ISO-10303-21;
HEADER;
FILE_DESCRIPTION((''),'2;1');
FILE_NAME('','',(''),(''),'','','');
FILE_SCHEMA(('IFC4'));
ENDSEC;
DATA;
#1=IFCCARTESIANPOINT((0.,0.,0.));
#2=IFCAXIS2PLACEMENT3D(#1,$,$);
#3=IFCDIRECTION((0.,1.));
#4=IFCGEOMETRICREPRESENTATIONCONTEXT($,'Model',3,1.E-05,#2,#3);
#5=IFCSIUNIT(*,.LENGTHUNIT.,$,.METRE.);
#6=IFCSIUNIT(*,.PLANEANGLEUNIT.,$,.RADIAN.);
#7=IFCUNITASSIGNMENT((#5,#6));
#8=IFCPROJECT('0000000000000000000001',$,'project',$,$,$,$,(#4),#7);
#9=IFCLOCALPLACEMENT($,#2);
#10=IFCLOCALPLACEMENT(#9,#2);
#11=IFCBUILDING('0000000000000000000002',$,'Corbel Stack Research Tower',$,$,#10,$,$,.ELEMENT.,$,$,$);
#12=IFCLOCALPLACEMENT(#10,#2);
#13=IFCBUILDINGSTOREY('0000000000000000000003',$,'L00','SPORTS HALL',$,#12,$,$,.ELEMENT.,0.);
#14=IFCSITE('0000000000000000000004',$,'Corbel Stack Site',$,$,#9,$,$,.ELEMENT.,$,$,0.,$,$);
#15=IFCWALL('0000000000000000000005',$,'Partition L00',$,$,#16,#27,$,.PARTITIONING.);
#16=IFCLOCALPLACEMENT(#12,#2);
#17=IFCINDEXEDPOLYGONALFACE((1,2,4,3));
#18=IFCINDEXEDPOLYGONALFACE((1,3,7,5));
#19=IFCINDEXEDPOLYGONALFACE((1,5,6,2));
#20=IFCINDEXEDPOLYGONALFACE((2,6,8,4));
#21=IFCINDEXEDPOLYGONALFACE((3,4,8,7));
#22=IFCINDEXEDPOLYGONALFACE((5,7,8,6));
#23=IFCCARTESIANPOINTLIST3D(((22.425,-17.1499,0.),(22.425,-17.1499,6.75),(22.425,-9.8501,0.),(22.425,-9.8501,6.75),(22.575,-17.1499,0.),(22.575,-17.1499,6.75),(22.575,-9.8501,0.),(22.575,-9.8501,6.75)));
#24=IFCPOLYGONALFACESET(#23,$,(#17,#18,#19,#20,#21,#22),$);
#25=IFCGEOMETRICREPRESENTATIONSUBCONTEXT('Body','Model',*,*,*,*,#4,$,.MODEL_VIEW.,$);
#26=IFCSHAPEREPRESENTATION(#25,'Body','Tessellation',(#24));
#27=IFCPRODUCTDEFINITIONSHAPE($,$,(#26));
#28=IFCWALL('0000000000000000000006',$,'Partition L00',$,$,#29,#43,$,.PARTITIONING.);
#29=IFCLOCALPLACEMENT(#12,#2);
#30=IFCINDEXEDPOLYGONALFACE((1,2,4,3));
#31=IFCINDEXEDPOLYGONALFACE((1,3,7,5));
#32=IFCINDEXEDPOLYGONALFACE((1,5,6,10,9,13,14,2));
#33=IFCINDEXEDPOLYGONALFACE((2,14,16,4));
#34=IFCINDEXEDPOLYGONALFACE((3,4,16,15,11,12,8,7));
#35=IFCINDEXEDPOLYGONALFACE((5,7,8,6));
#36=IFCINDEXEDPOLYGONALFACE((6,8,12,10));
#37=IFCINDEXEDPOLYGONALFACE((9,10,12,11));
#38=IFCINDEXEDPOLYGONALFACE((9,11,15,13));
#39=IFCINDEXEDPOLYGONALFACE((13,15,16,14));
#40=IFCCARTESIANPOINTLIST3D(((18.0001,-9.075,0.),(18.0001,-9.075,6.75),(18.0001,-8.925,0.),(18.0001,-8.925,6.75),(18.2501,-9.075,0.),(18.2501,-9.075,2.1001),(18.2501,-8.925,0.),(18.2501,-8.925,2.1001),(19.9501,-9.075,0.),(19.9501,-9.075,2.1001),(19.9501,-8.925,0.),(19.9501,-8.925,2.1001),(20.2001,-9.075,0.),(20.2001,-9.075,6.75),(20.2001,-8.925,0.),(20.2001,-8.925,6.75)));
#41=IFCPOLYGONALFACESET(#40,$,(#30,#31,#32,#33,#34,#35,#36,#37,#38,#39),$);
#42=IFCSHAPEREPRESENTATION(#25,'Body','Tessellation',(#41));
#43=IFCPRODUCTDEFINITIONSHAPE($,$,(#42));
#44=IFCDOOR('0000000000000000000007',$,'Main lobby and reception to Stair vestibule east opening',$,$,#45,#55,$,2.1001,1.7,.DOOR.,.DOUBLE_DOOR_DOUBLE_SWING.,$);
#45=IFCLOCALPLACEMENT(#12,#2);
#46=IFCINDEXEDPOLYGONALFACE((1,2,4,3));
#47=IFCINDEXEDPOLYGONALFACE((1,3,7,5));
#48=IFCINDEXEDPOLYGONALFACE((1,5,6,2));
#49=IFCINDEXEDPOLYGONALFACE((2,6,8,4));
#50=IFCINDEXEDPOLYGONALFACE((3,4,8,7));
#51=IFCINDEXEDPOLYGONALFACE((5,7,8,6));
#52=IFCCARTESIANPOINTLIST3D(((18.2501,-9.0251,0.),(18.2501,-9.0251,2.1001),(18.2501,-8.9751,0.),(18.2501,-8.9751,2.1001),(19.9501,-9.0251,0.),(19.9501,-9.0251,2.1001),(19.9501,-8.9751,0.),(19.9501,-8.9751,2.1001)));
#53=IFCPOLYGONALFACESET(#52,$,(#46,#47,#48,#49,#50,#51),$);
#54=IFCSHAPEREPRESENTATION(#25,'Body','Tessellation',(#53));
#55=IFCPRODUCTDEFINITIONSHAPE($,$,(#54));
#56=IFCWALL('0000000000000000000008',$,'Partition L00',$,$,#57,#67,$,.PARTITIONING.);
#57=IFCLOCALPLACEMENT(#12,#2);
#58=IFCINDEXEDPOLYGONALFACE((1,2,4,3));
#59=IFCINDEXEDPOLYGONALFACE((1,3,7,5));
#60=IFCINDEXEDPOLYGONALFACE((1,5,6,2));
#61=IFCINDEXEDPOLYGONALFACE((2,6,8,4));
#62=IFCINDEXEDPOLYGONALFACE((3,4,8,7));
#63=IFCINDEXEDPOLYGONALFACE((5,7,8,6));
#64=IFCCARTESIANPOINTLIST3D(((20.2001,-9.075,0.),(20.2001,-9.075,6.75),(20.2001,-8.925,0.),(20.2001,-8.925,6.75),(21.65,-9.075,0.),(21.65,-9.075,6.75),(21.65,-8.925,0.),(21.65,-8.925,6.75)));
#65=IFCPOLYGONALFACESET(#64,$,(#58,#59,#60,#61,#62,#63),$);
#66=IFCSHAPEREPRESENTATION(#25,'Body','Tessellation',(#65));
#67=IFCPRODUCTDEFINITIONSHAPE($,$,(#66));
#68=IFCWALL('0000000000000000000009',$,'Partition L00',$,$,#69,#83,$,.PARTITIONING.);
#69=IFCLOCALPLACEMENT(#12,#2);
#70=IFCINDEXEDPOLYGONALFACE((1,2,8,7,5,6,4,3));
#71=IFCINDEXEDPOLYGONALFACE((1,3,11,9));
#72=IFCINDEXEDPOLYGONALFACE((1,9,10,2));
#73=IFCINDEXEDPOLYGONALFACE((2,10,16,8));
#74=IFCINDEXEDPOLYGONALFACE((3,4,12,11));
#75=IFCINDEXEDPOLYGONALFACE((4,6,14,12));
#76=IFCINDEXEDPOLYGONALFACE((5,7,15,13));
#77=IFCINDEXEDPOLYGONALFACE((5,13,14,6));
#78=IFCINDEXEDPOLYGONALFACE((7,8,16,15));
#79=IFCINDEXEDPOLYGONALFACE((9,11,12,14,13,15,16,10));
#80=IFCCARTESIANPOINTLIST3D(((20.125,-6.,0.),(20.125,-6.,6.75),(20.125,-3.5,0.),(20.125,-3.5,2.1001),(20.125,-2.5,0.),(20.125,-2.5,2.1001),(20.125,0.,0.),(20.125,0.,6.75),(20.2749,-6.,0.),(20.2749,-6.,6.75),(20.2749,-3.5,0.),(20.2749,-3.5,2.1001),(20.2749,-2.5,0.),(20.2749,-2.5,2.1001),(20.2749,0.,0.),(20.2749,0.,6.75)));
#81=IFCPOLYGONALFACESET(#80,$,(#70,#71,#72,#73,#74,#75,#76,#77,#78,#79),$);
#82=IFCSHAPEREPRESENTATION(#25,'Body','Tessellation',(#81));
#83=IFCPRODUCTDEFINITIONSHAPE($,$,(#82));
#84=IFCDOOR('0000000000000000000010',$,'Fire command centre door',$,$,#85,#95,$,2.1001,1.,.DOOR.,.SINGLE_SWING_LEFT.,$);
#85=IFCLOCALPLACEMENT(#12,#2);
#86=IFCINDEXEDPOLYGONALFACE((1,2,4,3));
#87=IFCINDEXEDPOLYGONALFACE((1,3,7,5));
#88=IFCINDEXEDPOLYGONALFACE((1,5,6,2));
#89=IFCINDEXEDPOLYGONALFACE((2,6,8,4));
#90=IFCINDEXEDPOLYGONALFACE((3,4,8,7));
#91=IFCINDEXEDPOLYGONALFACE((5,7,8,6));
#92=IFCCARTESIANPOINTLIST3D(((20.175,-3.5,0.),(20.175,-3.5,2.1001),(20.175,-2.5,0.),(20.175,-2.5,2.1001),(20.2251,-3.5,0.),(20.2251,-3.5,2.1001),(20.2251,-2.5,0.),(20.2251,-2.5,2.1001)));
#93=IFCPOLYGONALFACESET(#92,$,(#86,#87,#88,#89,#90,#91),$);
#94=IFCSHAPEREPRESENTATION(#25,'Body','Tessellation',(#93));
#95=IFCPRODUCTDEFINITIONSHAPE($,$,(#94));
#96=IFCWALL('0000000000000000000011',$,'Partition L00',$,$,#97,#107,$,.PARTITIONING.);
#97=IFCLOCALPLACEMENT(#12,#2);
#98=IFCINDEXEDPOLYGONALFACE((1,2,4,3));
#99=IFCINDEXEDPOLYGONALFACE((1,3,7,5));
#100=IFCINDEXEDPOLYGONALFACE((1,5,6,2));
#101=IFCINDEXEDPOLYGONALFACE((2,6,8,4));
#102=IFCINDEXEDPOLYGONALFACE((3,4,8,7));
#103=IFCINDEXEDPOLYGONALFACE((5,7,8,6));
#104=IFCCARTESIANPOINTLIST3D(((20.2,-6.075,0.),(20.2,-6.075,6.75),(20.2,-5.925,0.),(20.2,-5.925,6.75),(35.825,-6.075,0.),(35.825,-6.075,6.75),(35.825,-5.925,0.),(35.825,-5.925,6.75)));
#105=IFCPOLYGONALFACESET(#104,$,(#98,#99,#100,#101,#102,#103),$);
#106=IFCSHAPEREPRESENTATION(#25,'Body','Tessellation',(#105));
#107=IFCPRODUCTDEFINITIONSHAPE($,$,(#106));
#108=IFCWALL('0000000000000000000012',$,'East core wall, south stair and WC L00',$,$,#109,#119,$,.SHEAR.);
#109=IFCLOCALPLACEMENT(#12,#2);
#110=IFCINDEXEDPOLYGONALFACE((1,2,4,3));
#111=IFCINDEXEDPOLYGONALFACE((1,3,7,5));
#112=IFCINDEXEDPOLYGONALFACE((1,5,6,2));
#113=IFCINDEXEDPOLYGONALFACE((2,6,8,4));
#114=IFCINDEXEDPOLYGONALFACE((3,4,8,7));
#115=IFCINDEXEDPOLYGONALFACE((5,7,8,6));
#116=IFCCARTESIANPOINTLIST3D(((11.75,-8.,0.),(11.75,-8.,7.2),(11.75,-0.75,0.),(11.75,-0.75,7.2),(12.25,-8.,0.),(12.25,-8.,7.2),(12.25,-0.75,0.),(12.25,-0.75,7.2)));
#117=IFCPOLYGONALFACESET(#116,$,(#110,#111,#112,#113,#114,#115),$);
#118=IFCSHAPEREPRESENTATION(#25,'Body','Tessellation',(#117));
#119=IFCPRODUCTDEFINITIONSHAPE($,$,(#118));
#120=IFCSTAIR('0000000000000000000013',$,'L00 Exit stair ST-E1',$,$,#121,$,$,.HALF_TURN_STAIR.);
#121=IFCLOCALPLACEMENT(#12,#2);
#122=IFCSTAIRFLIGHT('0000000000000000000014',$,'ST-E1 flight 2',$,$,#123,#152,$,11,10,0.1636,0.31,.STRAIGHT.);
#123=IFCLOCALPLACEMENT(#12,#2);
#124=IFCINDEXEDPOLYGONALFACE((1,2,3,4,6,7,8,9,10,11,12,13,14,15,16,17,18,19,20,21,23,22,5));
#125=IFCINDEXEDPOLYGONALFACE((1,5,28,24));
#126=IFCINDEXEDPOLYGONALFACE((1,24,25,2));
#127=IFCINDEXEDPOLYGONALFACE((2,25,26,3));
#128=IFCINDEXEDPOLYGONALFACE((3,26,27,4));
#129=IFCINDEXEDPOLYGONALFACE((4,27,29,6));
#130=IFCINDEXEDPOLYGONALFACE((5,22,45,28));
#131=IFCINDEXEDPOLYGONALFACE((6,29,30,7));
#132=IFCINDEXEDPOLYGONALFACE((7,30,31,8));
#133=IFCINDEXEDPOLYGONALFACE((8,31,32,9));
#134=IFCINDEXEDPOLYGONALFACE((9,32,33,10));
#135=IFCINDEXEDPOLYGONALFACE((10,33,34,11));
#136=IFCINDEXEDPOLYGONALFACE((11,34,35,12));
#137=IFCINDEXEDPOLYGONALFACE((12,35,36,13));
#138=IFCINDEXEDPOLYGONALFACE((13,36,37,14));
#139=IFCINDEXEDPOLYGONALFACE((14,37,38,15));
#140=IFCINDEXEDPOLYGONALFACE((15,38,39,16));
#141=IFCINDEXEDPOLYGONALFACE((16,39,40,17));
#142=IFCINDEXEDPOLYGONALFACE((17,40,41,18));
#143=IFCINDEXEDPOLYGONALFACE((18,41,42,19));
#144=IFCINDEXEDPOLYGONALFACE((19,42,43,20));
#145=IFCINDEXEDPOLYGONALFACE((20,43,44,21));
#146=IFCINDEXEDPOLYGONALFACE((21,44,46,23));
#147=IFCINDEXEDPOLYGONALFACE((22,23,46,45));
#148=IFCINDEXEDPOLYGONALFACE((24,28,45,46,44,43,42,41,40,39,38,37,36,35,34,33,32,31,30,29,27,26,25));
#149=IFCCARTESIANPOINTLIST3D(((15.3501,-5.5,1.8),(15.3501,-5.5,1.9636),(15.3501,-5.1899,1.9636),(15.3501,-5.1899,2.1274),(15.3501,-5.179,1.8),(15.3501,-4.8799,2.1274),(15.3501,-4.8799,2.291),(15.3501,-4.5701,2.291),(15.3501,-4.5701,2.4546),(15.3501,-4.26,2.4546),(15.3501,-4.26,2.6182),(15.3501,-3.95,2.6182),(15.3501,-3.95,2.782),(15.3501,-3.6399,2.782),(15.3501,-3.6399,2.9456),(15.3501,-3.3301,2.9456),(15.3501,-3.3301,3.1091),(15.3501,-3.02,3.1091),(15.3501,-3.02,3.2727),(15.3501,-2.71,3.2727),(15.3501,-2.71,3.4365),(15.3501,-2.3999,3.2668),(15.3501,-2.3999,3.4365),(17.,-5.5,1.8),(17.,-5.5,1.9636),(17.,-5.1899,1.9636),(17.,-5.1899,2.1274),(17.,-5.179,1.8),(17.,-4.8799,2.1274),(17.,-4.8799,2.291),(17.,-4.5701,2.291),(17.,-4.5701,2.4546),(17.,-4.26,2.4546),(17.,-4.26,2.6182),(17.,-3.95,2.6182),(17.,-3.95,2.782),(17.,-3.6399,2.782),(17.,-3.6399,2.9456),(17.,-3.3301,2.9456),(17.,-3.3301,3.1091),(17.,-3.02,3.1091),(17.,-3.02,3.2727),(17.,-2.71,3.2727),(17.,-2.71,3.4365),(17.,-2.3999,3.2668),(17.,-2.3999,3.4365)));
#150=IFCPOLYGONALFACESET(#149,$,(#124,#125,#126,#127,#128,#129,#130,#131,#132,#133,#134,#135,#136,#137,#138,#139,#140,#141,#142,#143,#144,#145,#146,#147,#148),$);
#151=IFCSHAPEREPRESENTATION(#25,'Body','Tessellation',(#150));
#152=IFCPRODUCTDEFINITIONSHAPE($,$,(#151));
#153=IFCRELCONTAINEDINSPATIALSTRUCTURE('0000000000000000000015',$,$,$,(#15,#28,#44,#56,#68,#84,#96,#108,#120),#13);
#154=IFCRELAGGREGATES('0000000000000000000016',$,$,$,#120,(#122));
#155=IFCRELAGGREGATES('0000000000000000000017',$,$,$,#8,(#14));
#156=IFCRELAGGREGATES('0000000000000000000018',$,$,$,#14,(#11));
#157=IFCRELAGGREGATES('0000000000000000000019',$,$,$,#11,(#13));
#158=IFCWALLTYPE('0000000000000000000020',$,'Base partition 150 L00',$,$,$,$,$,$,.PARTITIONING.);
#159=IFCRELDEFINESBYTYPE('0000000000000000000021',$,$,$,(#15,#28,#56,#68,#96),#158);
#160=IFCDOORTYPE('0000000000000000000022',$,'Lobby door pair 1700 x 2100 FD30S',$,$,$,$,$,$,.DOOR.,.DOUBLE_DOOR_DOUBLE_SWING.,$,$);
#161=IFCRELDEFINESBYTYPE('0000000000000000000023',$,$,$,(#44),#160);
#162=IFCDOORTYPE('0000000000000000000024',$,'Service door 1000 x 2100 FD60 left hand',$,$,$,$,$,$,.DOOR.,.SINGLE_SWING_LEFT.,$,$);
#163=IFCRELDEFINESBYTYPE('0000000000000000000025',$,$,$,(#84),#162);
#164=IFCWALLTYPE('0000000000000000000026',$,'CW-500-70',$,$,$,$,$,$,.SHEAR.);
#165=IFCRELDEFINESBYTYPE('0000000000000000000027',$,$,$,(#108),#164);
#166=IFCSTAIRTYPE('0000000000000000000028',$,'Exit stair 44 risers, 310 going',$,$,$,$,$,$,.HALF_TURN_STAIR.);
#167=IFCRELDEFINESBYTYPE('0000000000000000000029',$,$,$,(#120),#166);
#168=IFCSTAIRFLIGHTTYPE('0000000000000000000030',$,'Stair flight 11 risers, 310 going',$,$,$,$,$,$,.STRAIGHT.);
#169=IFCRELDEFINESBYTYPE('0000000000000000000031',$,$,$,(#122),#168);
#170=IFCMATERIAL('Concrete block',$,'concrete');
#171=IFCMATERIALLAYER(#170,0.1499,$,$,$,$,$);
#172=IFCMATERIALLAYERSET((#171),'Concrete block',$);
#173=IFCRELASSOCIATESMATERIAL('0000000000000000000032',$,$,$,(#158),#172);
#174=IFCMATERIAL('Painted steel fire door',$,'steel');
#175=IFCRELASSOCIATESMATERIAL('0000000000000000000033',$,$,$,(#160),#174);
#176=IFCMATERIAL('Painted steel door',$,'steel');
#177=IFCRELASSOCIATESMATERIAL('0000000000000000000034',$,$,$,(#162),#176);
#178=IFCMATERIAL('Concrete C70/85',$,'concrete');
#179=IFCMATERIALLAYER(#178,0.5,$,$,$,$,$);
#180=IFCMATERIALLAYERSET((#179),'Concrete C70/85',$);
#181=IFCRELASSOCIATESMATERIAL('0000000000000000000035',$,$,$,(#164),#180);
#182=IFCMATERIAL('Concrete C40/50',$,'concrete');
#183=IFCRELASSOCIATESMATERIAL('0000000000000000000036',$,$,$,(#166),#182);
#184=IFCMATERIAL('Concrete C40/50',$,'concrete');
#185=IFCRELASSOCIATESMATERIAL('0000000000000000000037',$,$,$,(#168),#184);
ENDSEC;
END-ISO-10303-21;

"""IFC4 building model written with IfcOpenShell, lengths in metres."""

from ifc_helpers import new_model, si_unit, direction, frame, frame_2d, origin, place, context, subcontext, project, spatial, polyline, rectangle, outline, extrude, material, layer, layer_set, type_object, element, fill, aggregate, save


model = new_model("IFC4")

# Units and contexts
model_context = context("Model", 3, precision=1e-05, world=origin(), true_north=direction((0.0, 1.0)))
body_context = subcontext(model_context, "Body", "Model", "MODEL_VIEW")
ifc_project = project(units=[si_unit("LENGTHUNIT", "METRE"), si_unit("PLANEANGLEUNIT", "RADIAN")], contexts=[model_context])

# Site, building, storey
site_placement = place(None, origin())
site = spatial("IfcSite", under=ifc_project, at=site_placement, Name="Corbel Stack Site", CompositionType="ELEMENT", RefElevation=0.0)
building_placement = place(site_placement, origin())
building = spatial("IfcBuilding", under=site, at=building_placement, Name="Corbel Stack Research Tower", CompositionType="ELEMENT")
storey_placement = place(building_placement, origin())
storey = spatial("IfcBuildingStorey", under=building, at=storey_placement, Name="L00", Description="SPORTS HALL", CompositionType="ELEMENT", Elevation=0.0)

# Wall
ifc_material_1 = material(Name="Concrete block", Category="concrete")
ifc_layer_1 = layer(ifc_material_1, 0.1499)
ifc_layer_set_1 = layer_set([ifc_layer_1], Name="Concrete block")
wall_type_1 = type_object("IfcWallType", Name="Base partition 150 L00", PredefinedType="PARTITIONING", material=ifc_layer_set_1)
wall_1_placement = place(storey_placement, frame((22.5, -17.1499, 0.0), z_axis=(0.0, 0.0, 1.0), x_axis=(0.0, 1.0, 0.0)))
element("IfcWall", 1, at=wall_1_placement, inside=storey, type_object=wall_type_1, Name="Partition L00", PredefinedType="PARTITIONING", context=body_context, shape_type="SweptSolid", body=[
    extrude(rectangle(XDim=7.2998, YDim=0.1499, at=frame_2d((3.6499, 0.0))), origin(), (0.0, 0.0, 1.0), 6.75),
])

# Wall, opening, door
wall_2_placement = place(storey_placement, frame((18.0, -9.0, 0.0), z_axis=(0.0, 0.0, 1.0), x_axis=(1.0, 0.0, 0.0)))
wall_2 = element("IfcWall", 2, at=wall_2_placement, inside=storey, type_object=wall_type_1, Name="Partition L00", PredefinedType="PARTITIONING", context=body_context, shape_type="SweptSolid", body=[
    extrude(rectangle(XDim=2.2, YDim=0.1499, at=frame_2d((1.1001, 0.0))), origin(), (0.0, 0.0, 1.0), 6.75),
])
opening_1_placement = place(wall_2_placement, frame((0.25, 0.0, 0.0)))
opening_1 = element("IfcOpeningElement", 3, at=opening_1_placement, cuts=wall_2, PredefinedType="OPENING", context=body_context, shape_type="SweptSolid", body=[
    extrude(rectangle(XDim=1.7, YDim=2.1001, at=frame_2d((0.8501, 1.05))), frame((0.0, 0.085, 0.0), z_axis=(0.0, -1.0, 0.0), x_axis=(1.0, 0.0, 0.0)), (0.0, 0.0, 1.0), 0.1699),
])
ifc_material_2 = material(Name="Painted steel fire door", Category="steel")
door_type_1 = type_object("IfcDoorType", Name="Lobby door pair 1700 x 2100 FD30S", OperationType="DOUBLE_DOOR_DOUBLE_SWING", PredefinedType="DOOR", material=ifc_material_2)
door_1_placement = place(opening_1_placement, origin())
door_1 = element("IfcDoor", 4, at=door_1_placement, inside=storey, type_object=door_type_1, Name="Main lobby and reception to Stair vestibule east opening", OperationType="DOUBLE_DOOR_DOUBLE_SWING", OverallHeight=2.1001, OverallWidth=1.7, PredefinedType="DOOR", context=body_context, shape_type="SweptSolid", body=[
    extrude(rectangle(XDim=1.7, YDim=2.1001, at=frame_2d((0.8501, 1.05))), frame((0.0, 0.0249, 0.0), z_axis=(0.0, -1.0, 0.0), x_axis=(1.0, 0.0, 0.0)), (0.0, 0.0, 1.0), 0.05),
])
fill(opening_1, door_1)

# Wall
wall_3_placement = place(storey_placement, frame((20.2, -9.0, 0.0), z_axis=(0.0, 0.0, 1.0), x_axis=(1.0, 0.0, 0.0)))
element("IfcWall", 5, at=wall_3_placement, inside=storey, type_object=wall_type_1, Name="Partition L00", PredefinedType="PARTITIONING", context=body_context, shape_type="SweptSolid", body=[
    extrude(rectangle(XDim=1.45, YDim=0.1499, at=frame_2d((0.7251, 0.0))), origin(), (0.0, 0.0, 1.0), 6.75),
])

# Wall, opening, door
wall_4_placement = place(storey_placement, frame((20.2, -6.0, 0.0), z_axis=(0.0, 0.0, 1.0), x_axis=(0.0, 1.0, 0.0)))
wall_4 = element("IfcWall", 6, at=wall_4_placement, inside=storey, type_object=wall_type_1, Name="Partition L00", PredefinedType="PARTITIONING", context=body_context, shape_type="SweptSolid", body=[
    extrude(rectangle(XDim=6.0, YDim=0.1499, at=frame_2d((3.0, 0.0))), origin(), (0.0, 0.0, 1.0), 6.75),
])
opening_2_placement = place(wall_4_placement, frame((2.5, 0.0, 0.0)))
opening_2 = element("IfcOpeningElement", 7, at=opening_2_placement, cuts=wall_4, PredefinedType="OPENING", context=body_context, shape_type="SweptSolid", body=[
    extrude(rectangle(XDim=1.0, YDim=2.1001, at=frame_2d((0.5, 1.05))), frame((0.0, 0.085, 0.0), z_axis=(0.0, -1.0, 0.0), x_axis=(1.0, 0.0, 0.0)), (0.0, 0.0, 1.0), 0.1699),
])
ifc_material_3 = material(Name="Painted steel door", Category="steel")
door_type_2 = type_object("IfcDoorType", Name="Service door 1000 x 2100 FD60 left hand", OperationType="SINGLE_SWING_LEFT", PredefinedType="DOOR", material=ifc_material_3)
door_2_placement = place(opening_2_placement, origin())
door_2 = element("IfcDoor", 8, at=door_2_placement, inside=storey, type_object=door_type_2, Name="Fire command centre door", OperationType="SINGLE_SWING_LEFT", OverallHeight=2.1001, OverallWidth=1.0, PredefinedType="DOOR", context=body_context, shape_type="SweptSolid", body=[
    extrude(rectangle(XDim=1.0, YDim=2.1001, at=frame_2d((0.5, 1.05))), frame((0.0, 0.0249, 0.0), z_axis=(0.0, -1.0, 0.0), x_axis=(1.0, 0.0, 0.0)), (0.0, 0.0, 1.0), 0.05),
])
fill(opening_2, door_2)

# Wall
wall_5_placement = place(storey_placement, frame((20.2, -6.0, 0.0), z_axis=(0.0, 0.0, 1.0), x_axis=(1.0, 0.0, 0.0)))
element("IfcWall", 9, at=wall_5_placement, inside=storey, type_object=wall_type_1, Name="Partition L00", PredefinedType="PARTITIONING", context=body_context, shape_type="SweptSolid", body=[
    extrude(rectangle(XDim=15.625, YDim=0.1499, at=frame_2d((7.8125, 0.0))), origin(), (0.0, 0.0, 1.0), 6.75),
])

# Wall
ifc_material_4 = material(Name="Concrete C70/85", Category="concrete")
ifc_layer_2 = layer(ifc_material_4, 0.5)
ifc_layer_set_2 = layer_set([ifc_layer_2], Name="Concrete C70/85")
wall_type_2 = type_object("IfcWallType", Name="CW-500-70", PredefinedType="SHEAR", material=ifc_layer_set_2)
wall_6_placement = place(storey_placement, frame((12.0, -8.0, 0.0), z_axis=(0.0, 0.0, 1.0), x_axis=(0.0, 1.0, 0.0)))
element("IfcWall", 10, at=wall_6_placement, inside=storey, type_object=wall_type_2, Name="East core wall, south stair and WC L00", PredefinedType="SHEAR", context=body_context, shape_type="SweptSolid", body=[
    extrude(rectangle(XDim=7.25, YDim=0.5, at=frame_2d((3.625, 0.0))), origin(), (0.0, 0.0, 1.0), 7.2),
])

# Stair, stair flight
ifc_material_5 = material(Name="Concrete C40/50", Category="concrete")
stair_type = type_object("IfcStairType", Name="Exit stair 44 risers, 310 going", PredefinedType="HALF_TURN_STAIR", material=ifc_material_5)
stair_placement = place(storey_placement, origin())
stair = element("IfcStair", 11, at=stair_placement, inside=storey, type_object=stair_type, Name="L00 Exit stair ST-E1", PredefinedType="HALF_TURN_STAIR")
ifc_material_6 = material(Name="Concrete C40/50", Category="concrete")
stair_flight_type = type_object("IfcStairFlightType", Name="Stair flight 11 risers, 310 going", PredefinedType="STRAIGHT", material=ifc_material_6)
stair_flight_1_placement = place(storey_placement, frame((16.175, -5.5, 1.8), z_axis=(0.0, 0.0, 1.0), x_axis=(0.0, 1.0, 0.0)))
stair_flight_1 = element("IfcStairFlight", 12, at=stair_flight_1_placement, type_object=stair_flight_type, Name="ST-E1 flight 2", NumberOfRisers=11, NumberOfTreads=10, PredefinedType="STRAIGHT", RiserHeight=0.1636, TreadLength=0.31, context=body_context, shape_type="SweptSolid", body=[
    extrude(outline(polyline([(0.0, 0.0), (0.0, 0.1636), (0.3101, 0.1636), (0.3101, 0.3274), (0.6201, 0.3274), (0.6201, 0.491), (0.9299, 0.491), (0.9299, 0.6545), (1.24, 0.6545), (1.24, 0.8181), (1.55, 0.8181), (1.55, 0.9819), (1.8601, 0.9819), (1.8601, 1.1455), (2.1699, 1.1455), (2.1699, 1.3091), (2.48, 1.3091), (2.48, 1.4727), (2.79, 1.4727), (2.79, 1.6365), (3.1001, 1.6365), (3.1001, 1.8), (3.1001, 1.4668), (0.321, 0.0), (0.0, 0.0)])), frame((0.0, 0.825, 0.0), z_axis=(0.0, -1.0, 0.0), x_axis=(1.0, 0.0, 0.0)), (0.0, 0.0, 1.0), 1.6499),
])
aggregate(stair, [stair_flight_1])

save(model, "model.ifc")
